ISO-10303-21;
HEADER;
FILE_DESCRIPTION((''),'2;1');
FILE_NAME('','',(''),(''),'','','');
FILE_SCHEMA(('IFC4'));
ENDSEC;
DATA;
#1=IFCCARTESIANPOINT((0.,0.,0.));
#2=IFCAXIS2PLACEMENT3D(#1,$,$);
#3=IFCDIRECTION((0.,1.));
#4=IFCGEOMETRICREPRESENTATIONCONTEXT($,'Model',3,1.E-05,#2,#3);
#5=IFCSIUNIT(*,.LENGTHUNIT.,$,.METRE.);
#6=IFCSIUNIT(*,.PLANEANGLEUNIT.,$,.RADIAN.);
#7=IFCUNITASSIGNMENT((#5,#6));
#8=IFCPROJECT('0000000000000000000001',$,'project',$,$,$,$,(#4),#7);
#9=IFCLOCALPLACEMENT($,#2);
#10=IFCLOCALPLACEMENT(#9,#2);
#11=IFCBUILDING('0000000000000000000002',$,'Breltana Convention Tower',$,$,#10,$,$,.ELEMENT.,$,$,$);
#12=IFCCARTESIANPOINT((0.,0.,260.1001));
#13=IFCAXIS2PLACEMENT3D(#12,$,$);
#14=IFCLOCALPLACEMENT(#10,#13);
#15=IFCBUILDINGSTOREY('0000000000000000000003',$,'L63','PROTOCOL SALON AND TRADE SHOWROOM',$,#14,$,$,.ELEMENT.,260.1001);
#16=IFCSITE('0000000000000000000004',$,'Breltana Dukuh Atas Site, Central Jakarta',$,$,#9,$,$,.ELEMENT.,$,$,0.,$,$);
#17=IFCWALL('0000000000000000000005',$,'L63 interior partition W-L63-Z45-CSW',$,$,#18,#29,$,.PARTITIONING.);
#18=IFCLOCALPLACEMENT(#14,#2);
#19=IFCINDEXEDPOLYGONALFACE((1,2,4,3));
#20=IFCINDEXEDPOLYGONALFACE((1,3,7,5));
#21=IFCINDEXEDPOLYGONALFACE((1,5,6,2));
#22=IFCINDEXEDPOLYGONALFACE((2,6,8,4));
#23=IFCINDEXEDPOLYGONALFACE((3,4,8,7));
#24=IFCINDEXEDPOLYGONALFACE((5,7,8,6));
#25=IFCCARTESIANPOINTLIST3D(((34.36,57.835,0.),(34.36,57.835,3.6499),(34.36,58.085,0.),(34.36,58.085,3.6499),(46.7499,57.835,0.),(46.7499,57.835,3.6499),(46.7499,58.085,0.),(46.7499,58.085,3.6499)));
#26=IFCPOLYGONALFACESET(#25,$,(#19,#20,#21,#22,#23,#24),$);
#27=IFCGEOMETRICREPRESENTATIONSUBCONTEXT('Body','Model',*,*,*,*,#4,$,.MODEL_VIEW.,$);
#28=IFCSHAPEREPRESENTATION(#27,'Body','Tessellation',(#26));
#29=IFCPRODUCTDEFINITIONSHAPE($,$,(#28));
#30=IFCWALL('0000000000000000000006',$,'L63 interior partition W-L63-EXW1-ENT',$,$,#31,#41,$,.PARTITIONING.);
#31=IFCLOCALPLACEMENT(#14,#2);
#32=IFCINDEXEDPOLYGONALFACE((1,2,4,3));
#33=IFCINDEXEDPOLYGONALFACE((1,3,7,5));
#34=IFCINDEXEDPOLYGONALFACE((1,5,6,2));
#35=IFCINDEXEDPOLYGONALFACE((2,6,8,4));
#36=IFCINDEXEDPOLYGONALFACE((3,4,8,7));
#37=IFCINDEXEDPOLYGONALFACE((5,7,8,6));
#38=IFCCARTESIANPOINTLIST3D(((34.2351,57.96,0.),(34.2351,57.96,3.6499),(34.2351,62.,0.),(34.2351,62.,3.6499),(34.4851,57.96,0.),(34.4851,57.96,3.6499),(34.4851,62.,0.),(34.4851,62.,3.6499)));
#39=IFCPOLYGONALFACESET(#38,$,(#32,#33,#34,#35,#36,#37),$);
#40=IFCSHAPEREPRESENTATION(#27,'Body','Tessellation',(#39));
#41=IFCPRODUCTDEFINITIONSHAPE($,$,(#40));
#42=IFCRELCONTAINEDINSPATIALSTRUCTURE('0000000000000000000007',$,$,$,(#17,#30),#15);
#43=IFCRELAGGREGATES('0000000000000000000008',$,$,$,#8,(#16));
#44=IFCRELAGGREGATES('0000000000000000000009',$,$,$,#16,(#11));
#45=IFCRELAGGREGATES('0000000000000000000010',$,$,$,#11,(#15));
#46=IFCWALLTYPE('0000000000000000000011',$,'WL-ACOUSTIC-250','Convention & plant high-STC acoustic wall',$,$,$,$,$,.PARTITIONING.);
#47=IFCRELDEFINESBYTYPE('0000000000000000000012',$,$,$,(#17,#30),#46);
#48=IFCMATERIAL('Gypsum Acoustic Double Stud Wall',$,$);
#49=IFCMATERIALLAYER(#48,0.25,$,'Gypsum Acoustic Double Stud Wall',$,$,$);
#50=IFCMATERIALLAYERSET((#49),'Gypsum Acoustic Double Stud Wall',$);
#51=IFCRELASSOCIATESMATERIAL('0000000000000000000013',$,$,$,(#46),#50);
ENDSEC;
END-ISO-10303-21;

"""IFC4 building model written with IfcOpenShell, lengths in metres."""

from ifc_helpers import new_model, si_unit, direction, frame, frame_2d, origin, place, context, subcontext, project, spatial, rectangle, extrude, source, transform, mapped, material, layer, layer_set, type_object, element, save


model = new_model("IFC4")

# Units and contexts
model_context = context("Model", 3, precision=1e-05, world=origin(), true_north=direction((0.0, 1.0)))
body_context = subcontext(model_context, "Body", "Model", "MODEL_VIEW")
ifc_project = project(units=[si_unit("LENGTHUNIT", "METRE"), si_unit("PLANEANGLEUNIT", "RADIAN")], contexts=[model_context])

# Site, building, storey
site_placement = place(None, origin())
site = spatial("IfcSite", under=ifc_project, at=site_placement, Name="Breltana Dukuh Atas Site, Central Jakarta", CompositionType="ELEMENT", RefElevation=0.0)
building_placement = place(site_placement, origin())
building = spatial("IfcBuilding", under=site, at=building_placement, Name="Breltana Convention Tower", CompositionType="ELEMENT")
storey_placement = place(building_placement, frame((0.0, 0.0, 260.1001)))
storey = spatial("IfcBuildingStorey", under=building, at=storey_placement, Name="L63", Description="PROTOCOL SALON AND TRADE SHOWROOM", CompositionType="ELEMENT", Elevation=260.1001)

# Shared definitions
ifc_material_1 = material(Name="Gypsum Acoustic Double Stud Wall")
ifc_layer_1 = layer(ifc_material_1, 0.25, Name="Gypsum Acoustic Double Stud Wall")
ifc_layer_set_1 = layer_set([ifc_layer_1], Name="Gypsum Acoustic Double Stud Wall")
wall_type_1 = type_object("IfcWallType", Name="WL-ACOUSTIC-250", Description="Convention & plant high-STC acoustic wall", PredefinedType="PARTITIONING", material=ifc_layer_set_1)

# Walls
shared_shape_1 = source(origin(), body_context, "Body", "SweptSolid", [
    extrude(rectangle(XDim=12.3899, YDim=0.25, at=frame_2d((6.1948, 0.0))), origin(), (0.0, 0.0, 1.0), 3.6499),
])
wall_1_placement = place(storey_placement, frame((34.3601, 57.96, 0.0), z_axis=(0.0, 0.0, 1.0), x_axis=(1.0, 0.0, 0.0)))
element("IfcWall", 1, at=wall_1_placement, inside=storey, type_object=wall_type_1, Name="L63 interior partition W-L63-Z45-CSW", PredefinedType="PARTITIONING", context=body_context, shape_type="MappedRepresentation", body=[
    mapped(shared_shape_1, transform((0.0, 0.0, 0.0), scale=1.0)),
])
shared_shape_2 = source(origin(), body_context, "Body", "SweptSolid", [
    extrude(rectangle(XDim=4.04, YDim=0.25, at=frame_2d((2.02, 0.0))), origin(), (0.0, 0.0, 1.0), 3.6499),
])
wall_2_placement = place(storey_placement, frame((34.3601, 57.96, 0.0), z_axis=(0.0, 0.0, 1.0), x_axis=(0.0, 1.0, 0.0)))
element("IfcWall", 2, at=wall_2_placement, inside=storey, type_object=wall_type_1, Name="L63 interior partition W-L63-EXW1-ENT", PredefinedType="PARTITIONING", context=body_context, shape_type="MappedRepresentation", body=[
    mapped(shared_shape_2, transform((0.0, 0.0, 0.0), scale=1.0)),
])

save(model, "model.ifc")
